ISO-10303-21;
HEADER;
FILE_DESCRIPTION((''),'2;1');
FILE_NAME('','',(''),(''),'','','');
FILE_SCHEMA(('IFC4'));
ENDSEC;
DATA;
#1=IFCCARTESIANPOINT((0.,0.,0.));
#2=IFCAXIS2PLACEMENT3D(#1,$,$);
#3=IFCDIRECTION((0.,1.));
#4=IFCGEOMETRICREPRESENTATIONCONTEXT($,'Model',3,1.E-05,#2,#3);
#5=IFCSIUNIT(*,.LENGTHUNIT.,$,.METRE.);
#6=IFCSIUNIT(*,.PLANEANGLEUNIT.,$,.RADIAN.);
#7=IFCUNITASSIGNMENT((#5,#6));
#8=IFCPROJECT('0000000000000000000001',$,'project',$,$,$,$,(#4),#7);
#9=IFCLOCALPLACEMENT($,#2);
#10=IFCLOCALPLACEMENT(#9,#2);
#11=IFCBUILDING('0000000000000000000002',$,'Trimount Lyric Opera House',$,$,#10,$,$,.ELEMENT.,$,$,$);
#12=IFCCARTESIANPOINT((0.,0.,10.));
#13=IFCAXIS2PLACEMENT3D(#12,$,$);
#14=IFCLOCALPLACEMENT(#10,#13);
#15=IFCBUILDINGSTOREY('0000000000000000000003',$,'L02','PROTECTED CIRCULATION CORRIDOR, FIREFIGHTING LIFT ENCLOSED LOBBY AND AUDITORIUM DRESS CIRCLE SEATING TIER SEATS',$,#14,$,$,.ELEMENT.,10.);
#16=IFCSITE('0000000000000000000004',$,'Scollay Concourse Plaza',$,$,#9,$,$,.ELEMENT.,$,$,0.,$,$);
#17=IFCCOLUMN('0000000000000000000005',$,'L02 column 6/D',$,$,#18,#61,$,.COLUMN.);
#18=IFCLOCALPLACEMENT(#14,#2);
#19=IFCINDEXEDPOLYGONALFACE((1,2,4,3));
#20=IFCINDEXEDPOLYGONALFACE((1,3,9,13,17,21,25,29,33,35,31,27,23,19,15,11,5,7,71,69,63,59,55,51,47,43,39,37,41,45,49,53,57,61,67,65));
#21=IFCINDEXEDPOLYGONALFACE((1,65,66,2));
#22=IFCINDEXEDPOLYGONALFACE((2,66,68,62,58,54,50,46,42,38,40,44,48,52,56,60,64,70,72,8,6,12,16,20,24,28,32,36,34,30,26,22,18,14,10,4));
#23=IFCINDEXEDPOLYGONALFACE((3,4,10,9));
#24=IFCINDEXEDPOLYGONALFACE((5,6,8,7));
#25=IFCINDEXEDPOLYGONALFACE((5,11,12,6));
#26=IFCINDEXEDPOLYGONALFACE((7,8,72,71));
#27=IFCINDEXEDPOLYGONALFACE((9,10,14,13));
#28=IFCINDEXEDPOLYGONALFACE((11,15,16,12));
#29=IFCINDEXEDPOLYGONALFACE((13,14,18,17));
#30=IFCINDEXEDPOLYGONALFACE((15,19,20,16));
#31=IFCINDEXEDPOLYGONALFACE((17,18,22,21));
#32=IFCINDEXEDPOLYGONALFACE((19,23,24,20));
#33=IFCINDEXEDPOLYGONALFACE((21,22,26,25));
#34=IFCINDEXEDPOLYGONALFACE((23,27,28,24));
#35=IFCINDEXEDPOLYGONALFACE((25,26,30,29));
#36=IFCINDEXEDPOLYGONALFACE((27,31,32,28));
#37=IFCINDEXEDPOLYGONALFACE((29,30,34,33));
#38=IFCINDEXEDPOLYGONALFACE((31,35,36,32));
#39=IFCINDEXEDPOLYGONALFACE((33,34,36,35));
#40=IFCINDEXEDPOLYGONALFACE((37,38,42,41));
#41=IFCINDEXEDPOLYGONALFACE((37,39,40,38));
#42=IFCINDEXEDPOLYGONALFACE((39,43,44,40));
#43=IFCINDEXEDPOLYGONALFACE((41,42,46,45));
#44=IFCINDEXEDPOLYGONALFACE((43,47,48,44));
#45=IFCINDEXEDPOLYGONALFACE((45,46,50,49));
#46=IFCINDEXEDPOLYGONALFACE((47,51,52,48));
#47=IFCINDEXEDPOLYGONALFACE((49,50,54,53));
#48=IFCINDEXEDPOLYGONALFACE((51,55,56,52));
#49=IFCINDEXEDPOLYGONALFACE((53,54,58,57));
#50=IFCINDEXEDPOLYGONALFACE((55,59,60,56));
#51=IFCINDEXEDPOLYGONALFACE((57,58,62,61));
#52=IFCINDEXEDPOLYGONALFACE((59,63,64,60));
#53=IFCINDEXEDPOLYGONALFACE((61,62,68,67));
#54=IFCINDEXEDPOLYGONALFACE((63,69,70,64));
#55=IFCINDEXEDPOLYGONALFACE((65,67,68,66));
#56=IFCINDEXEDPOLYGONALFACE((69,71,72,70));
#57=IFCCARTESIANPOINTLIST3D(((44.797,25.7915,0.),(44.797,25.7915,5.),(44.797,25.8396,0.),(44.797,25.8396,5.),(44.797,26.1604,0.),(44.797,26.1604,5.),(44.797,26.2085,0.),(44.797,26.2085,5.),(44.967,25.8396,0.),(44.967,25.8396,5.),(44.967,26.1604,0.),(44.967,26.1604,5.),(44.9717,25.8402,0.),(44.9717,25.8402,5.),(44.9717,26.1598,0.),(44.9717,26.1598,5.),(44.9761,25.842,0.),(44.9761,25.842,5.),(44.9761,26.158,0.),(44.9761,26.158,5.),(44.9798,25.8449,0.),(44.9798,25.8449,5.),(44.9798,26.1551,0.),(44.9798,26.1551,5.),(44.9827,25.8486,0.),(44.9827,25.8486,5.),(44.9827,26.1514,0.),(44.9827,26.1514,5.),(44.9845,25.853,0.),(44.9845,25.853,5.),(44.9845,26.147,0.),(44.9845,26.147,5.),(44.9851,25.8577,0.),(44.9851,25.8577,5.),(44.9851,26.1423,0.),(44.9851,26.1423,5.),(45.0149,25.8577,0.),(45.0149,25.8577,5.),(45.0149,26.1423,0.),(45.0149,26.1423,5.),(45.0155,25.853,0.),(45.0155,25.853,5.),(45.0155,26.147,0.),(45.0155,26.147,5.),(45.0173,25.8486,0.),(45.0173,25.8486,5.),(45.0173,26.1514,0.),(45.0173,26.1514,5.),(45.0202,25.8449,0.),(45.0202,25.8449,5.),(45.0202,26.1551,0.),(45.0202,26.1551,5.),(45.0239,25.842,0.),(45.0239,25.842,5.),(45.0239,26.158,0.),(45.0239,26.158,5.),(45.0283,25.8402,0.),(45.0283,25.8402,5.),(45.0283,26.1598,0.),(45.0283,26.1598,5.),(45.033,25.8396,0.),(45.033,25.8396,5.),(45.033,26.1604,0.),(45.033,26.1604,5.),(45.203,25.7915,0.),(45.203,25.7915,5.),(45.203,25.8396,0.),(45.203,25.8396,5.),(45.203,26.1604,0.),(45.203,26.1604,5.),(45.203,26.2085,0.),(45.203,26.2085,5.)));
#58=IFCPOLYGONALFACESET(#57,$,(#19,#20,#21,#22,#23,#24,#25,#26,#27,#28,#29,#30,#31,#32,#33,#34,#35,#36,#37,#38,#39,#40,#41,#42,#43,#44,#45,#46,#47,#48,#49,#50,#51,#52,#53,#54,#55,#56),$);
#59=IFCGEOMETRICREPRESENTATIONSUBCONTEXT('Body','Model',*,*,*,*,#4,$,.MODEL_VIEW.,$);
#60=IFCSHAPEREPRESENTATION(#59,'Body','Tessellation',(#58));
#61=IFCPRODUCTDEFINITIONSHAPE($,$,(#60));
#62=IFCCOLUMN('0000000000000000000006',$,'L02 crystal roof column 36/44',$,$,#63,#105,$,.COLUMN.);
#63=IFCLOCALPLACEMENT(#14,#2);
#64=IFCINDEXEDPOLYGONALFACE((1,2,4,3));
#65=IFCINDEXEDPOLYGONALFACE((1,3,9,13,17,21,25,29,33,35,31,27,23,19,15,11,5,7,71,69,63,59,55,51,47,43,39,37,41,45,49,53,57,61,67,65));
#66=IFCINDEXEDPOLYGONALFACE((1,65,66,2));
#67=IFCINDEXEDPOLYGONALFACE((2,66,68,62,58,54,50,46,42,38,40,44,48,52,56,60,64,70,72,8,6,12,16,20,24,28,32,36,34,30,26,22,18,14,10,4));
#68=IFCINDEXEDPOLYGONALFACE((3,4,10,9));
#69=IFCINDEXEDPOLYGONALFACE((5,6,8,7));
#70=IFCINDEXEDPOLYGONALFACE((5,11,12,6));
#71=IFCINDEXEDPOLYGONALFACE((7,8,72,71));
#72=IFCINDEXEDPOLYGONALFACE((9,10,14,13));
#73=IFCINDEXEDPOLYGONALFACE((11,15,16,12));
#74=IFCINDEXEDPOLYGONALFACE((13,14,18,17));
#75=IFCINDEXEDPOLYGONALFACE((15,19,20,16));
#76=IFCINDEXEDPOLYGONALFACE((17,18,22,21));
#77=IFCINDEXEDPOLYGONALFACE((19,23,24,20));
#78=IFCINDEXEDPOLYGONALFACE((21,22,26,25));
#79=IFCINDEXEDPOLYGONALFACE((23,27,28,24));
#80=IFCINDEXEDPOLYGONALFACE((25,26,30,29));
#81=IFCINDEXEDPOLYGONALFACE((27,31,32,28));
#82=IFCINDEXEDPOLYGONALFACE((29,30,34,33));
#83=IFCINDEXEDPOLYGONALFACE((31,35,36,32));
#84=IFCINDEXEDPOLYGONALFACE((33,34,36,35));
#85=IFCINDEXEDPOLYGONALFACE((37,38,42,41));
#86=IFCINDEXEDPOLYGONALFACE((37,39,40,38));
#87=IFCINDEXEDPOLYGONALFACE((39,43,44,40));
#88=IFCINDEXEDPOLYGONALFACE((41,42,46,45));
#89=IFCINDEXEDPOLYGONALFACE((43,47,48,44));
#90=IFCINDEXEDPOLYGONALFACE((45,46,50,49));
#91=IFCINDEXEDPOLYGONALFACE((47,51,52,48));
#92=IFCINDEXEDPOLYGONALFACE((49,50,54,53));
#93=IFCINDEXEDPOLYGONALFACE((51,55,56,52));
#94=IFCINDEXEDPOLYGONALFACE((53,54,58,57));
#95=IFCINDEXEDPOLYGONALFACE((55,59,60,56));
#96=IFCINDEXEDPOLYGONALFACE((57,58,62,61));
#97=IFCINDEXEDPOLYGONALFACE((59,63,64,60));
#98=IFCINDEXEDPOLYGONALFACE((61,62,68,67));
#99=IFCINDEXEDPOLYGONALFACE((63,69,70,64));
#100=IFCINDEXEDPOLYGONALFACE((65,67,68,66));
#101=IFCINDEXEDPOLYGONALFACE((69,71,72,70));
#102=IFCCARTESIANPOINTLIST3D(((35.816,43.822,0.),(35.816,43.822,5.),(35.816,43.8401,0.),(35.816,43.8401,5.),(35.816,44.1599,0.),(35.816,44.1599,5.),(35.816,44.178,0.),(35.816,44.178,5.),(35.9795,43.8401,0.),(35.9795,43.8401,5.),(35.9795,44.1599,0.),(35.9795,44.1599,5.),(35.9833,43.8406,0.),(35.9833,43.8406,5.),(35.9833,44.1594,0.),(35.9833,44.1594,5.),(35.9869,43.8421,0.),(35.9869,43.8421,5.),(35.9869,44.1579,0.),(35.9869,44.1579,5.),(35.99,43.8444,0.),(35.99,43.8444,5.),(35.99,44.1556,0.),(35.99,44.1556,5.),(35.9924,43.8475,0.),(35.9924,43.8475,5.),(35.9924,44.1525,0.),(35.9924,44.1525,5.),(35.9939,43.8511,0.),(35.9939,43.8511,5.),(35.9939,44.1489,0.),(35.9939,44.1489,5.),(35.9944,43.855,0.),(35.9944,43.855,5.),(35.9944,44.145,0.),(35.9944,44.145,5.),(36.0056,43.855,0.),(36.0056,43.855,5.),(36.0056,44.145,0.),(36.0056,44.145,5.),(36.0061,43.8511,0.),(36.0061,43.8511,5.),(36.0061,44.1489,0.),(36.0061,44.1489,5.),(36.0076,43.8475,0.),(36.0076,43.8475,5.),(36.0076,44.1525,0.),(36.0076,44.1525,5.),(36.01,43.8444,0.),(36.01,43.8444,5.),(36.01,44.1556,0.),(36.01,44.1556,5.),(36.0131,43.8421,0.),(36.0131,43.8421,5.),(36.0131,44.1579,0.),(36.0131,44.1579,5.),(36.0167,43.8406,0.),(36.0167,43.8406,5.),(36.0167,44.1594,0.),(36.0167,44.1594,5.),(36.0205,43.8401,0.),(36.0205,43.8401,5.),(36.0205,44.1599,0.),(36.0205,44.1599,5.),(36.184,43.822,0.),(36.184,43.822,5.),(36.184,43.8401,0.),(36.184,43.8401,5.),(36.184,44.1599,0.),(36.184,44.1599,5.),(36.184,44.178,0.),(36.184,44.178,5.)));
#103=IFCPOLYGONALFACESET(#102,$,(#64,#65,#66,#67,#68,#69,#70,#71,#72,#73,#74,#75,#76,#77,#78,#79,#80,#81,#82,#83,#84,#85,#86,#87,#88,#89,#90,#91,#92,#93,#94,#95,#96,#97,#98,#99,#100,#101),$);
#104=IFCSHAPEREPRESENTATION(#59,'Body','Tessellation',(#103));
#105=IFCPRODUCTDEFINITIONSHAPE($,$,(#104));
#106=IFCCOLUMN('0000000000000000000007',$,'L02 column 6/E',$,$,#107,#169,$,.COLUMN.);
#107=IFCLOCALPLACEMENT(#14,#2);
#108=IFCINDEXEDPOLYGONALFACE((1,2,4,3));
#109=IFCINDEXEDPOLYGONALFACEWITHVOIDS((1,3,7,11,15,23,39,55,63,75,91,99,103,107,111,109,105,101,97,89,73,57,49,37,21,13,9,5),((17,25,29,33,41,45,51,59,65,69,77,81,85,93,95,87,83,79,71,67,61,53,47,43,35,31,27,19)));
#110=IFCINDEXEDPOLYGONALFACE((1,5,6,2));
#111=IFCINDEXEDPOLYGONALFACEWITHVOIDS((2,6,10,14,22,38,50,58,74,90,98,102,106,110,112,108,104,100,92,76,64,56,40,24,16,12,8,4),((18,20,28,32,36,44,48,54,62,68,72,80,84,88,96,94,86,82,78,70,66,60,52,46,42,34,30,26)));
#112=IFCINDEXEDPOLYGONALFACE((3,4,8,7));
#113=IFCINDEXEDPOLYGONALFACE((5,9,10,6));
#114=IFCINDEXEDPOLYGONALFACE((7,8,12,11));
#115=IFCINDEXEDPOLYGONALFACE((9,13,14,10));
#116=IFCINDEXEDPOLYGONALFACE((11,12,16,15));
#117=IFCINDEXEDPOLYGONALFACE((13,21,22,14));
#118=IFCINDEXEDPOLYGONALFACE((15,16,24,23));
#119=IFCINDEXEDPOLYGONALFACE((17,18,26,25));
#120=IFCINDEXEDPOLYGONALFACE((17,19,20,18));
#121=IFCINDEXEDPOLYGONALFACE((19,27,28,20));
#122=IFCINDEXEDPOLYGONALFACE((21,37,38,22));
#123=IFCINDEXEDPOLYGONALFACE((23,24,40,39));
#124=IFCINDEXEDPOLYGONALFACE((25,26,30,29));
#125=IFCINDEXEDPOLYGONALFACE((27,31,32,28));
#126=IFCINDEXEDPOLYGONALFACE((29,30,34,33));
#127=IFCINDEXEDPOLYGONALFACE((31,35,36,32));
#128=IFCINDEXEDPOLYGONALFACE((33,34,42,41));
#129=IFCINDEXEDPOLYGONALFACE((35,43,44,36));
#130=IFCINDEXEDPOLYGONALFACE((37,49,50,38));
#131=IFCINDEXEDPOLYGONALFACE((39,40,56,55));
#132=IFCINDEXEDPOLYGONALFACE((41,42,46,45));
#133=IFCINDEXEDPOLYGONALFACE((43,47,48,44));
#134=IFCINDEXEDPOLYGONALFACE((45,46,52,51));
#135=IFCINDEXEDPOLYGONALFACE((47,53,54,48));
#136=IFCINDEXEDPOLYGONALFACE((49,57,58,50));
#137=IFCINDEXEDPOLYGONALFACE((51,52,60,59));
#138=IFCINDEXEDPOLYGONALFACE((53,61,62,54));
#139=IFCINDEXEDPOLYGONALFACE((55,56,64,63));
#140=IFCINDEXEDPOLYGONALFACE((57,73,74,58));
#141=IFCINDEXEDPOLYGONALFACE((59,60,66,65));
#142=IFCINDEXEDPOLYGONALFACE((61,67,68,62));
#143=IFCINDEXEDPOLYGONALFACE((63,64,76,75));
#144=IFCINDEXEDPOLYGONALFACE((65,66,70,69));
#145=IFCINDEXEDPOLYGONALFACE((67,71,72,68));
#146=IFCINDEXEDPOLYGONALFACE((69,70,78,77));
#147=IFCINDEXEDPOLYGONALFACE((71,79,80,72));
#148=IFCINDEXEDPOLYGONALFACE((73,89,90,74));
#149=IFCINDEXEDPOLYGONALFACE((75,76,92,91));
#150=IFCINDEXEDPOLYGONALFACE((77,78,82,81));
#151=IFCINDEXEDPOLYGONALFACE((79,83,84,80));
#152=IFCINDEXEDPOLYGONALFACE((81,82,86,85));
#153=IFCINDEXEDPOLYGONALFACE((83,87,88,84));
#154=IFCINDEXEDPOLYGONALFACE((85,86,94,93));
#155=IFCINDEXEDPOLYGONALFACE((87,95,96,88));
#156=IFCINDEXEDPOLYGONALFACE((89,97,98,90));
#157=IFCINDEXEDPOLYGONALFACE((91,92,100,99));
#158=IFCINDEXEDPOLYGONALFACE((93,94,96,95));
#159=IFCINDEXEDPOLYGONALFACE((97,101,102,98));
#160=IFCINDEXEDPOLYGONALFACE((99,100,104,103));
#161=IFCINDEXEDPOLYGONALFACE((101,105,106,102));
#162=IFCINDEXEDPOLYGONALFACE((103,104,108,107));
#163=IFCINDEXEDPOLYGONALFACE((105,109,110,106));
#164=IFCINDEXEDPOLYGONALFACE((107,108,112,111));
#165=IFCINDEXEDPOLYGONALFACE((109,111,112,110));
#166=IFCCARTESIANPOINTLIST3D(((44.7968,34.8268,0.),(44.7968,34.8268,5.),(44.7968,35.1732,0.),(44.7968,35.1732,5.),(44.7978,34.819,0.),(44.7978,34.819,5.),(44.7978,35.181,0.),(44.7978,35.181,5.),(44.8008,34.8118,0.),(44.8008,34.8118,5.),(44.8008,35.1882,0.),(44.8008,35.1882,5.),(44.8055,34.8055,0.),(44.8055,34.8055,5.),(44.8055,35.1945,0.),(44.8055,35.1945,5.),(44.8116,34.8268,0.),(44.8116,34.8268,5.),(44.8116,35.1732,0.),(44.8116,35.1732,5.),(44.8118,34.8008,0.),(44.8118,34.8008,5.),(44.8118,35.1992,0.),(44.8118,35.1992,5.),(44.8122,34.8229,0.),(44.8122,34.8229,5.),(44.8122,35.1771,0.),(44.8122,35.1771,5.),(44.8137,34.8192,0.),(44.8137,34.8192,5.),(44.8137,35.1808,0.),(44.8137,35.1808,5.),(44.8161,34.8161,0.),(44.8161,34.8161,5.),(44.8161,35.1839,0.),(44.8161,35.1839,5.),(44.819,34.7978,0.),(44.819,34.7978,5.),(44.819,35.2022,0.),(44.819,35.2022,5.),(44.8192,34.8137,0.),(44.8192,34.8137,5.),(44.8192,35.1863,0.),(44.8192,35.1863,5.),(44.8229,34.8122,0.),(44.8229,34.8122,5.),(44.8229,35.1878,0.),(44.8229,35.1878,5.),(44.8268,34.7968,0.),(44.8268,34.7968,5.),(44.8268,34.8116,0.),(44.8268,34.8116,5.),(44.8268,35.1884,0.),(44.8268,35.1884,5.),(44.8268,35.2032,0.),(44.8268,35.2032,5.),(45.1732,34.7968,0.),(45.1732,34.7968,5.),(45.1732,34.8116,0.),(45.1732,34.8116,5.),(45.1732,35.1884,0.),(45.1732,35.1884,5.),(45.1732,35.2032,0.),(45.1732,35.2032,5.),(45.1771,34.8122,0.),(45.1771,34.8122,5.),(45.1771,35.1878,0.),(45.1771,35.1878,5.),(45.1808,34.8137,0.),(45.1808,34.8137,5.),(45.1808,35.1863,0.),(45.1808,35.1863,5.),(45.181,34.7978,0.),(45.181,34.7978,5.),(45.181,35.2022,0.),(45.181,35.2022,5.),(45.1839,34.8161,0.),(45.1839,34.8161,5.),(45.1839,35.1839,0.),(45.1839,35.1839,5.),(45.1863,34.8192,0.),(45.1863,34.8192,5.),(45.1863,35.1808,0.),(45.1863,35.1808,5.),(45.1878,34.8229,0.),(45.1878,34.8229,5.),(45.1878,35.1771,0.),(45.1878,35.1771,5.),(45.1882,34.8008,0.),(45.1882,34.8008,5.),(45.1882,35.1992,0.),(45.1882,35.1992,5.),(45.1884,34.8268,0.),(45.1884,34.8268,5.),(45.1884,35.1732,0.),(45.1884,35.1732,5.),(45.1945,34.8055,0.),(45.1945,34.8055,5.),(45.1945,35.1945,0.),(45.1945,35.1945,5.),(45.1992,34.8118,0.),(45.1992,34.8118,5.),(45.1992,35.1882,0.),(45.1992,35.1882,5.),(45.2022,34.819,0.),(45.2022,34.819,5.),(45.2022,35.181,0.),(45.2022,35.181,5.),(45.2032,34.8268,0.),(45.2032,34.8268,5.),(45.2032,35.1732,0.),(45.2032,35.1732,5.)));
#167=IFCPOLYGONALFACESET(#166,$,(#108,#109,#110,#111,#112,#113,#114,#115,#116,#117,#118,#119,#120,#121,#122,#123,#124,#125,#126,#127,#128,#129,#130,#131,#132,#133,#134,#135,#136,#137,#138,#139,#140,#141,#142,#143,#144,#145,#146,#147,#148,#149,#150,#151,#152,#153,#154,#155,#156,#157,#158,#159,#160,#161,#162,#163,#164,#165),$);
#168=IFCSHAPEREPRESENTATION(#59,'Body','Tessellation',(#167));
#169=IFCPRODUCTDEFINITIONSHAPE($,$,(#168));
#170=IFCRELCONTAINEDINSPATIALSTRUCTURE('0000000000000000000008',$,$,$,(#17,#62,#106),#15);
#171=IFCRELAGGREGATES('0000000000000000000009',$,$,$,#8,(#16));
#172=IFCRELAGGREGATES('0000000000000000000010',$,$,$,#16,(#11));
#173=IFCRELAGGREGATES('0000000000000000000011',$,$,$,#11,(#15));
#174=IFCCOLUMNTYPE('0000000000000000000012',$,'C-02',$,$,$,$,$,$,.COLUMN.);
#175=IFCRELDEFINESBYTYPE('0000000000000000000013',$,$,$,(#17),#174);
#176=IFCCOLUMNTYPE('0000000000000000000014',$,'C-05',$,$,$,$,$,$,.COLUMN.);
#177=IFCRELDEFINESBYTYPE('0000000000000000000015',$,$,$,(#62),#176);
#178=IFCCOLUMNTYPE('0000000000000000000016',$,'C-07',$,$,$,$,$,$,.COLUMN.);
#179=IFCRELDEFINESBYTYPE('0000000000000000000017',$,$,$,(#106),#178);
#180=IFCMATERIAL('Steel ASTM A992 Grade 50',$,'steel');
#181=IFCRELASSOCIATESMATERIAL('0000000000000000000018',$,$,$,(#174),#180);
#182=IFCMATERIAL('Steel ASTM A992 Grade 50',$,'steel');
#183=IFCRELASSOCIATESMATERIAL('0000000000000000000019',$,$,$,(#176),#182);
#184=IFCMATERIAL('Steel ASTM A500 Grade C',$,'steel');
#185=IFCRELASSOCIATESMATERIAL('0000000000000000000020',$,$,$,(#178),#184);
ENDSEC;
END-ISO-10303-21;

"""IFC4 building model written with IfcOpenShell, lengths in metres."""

from ifc_helpers import new_model, si_unit, direction, frame, origin, origin_2d, place, context, subcontext, project, spatial, hollow_rectangle, i_section, extrude, material, material_profile, profile_set, type_object, element, save


model = new_model("IFC4")

# Units and contexts
model_context = context("Model", 3, precision=1e-05, world=origin(), true_north=direction((0.0, 1.0)))
body_context = subcontext(model_context, "Body", "Model", "MODEL_VIEW")
ifc_project = project(units=[si_unit("LENGTHUNIT", "METRE"), si_unit("PLANEANGLEUNIT", "RADIAN")], contexts=[model_context])

# Site, building, storey
site_placement = place(None, origin())
site = spatial("IfcSite", under=ifc_project, at=site_placement, Name="Scollay Concourse Plaza", CompositionType="ELEMENT", RefElevation=0.0)
building_placement = place(site_placement, origin())
building = spatial("IfcBuilding", under=site, at=building_placement, Name="Trimount Lyric Opera House", CompositionType="ELEMENT")
storey_placement = place(building_placement, frame((0.0, 0.0, 10.0)))
storey = spatial("IfcBuildingStorey", under=building, at=storey_placement, Name="L02", Description="PROTECTED CIRCULATION CORRIDOR, FIREFIGHTING LIFT ENCLOSED LOBBY AND AUDITORIUM DRESS CIRCLE SEATING TIER SEATS", CompositionType="ELEMENT", Elevation=10.0)

# Columns
ifc_material_1 = material(Name="Steel ASTM A992 Grade 50", Category="steel")
ifc_material_profile_1 = material_profile(ifc_material_1, i_section(OverallWidth=0.406, OverallDepth=0.417, WebThickness=0.0298, FlangeThickness=0.0481, FilletRadius=0.0181, at=origin_2d()), Name="W14X257")
ifc_profile_set_1 = profile_set([ifc_material_profile_1], Name="Steel ASTM A992 Grade 50")
column_type_1 = type_object("IfcColumnType", Name="C-02", PredefinedType="COLUMN", material=ifc_profile_set_1)
column_1_placement = place(storey_placement, frame((45.0, 26.0, 0.0), z_axis=(0.0, 0.0, 1.0), x_axis=(1.0, 0.0, 0.0)))
element("IfcColumn", 1, at=column_1_placement, inside=storey, type_object=column_type_1, Name="L02 column 6/D", PredefinedType="COLUMN", context=body_context, shape_type="SweptSolid", body=[
    extrude(i_section(OverallWidth=0.406, OverallDepth=0.417, WebThickness=0.0298, FlangeThickness=0.0481, FilletRadius=0.0181, at=origin_2d()), origin(), (0.0, 0.0, 1.0), 5.0),
])
ifc_material_2 = material(Name="Steel ASTM A992 Grade 50", Category="steel")
ifc_material_profile_2 = material_profile(ifc_material_2, i_section(OverallWidth=0.3679, OverallDepth=0.356, WebThickness=0.0112, FlangeThickness=0.0181, FilletRadius=0.0149, at=origin_2d()), Name="W14X90")
ifc_profile_set_2 = profile_set([ifc_material_profile_2], Name="Steel ASTM A992 Grade 50")
column_type_2 = type_object("IfcColumnType", Name="C-05", PredefinedType="COLUMN", material=ifc_profile_set_2)
column_2_placement = place(storey_placement, frame((36.0, 44.0, 0.0), z_axis=(0.0, 0.0, 1.0), x_axis=(1.0, 0.0, 0.0)))
element("IfcColumn", 2, at=column_2_placement, inside=storey, type_object=column_type_2, Name="L02 crystal roof column 36/44", PredefinedType="COLUMN", context=body_context, shape_type="SweptSolid", body=[
    extrude(i_section(OverallWidth=0.3679, OverallDepth=0.356, WebThickness=0.0112, FlangeThickness=0.0181, FilletRadius=0.0149, at=origin_2d()), origin(), (0.0, 0.0, 1.0), 5.0),
])
ifc_material_3 = material(Name="Steel ASTM A500 Grade C", Category="steel")
ifc_material_profile_3 = material_profile(ifc_material_3, hollow_rectangle(XDim=0.4065, YDim=0.4065, WallThickness=0.0149, InnerFilletRadius=0.0151, OuterFilletRadius=0.03, at=origin_2d()), Name="HSS406.4X406.4X15.9")
ifc_profile_set_3 = profile_set([ifc_material_profile_3], Name="Steel ASTM A500 Grade C")
column_type_3 = type_object("IfcColumnType", Name="C-07", PredefinedType="COLUMN", material=ifc_profile_set_3)
column_3_placement = place(storey_placement, frame((45.0, 35.0, 0.0), z_axis=(0.0, 0.0, 1.0), x_axis=(1.0, 0.0, 0.0)))
element("IfcColumn", 3, at=column_3_placement, inside=storey, type_object=column_type_3, Name="L02 column 6/E", PredefinedType="COLUMN", context=body_context, shape_type="SweptSolid", body=[
    extrude(hollow_rectangle(XDim=0.4065, YDim=0.4065, WallThickness=0.0149, InnerFilletRadius=0.0151, OuterFilletRadius=0.03, at=origin_2d()), origin(), (0.0, 0.0, 1.0), 5.0),
])

save(model, "model.ifc")
